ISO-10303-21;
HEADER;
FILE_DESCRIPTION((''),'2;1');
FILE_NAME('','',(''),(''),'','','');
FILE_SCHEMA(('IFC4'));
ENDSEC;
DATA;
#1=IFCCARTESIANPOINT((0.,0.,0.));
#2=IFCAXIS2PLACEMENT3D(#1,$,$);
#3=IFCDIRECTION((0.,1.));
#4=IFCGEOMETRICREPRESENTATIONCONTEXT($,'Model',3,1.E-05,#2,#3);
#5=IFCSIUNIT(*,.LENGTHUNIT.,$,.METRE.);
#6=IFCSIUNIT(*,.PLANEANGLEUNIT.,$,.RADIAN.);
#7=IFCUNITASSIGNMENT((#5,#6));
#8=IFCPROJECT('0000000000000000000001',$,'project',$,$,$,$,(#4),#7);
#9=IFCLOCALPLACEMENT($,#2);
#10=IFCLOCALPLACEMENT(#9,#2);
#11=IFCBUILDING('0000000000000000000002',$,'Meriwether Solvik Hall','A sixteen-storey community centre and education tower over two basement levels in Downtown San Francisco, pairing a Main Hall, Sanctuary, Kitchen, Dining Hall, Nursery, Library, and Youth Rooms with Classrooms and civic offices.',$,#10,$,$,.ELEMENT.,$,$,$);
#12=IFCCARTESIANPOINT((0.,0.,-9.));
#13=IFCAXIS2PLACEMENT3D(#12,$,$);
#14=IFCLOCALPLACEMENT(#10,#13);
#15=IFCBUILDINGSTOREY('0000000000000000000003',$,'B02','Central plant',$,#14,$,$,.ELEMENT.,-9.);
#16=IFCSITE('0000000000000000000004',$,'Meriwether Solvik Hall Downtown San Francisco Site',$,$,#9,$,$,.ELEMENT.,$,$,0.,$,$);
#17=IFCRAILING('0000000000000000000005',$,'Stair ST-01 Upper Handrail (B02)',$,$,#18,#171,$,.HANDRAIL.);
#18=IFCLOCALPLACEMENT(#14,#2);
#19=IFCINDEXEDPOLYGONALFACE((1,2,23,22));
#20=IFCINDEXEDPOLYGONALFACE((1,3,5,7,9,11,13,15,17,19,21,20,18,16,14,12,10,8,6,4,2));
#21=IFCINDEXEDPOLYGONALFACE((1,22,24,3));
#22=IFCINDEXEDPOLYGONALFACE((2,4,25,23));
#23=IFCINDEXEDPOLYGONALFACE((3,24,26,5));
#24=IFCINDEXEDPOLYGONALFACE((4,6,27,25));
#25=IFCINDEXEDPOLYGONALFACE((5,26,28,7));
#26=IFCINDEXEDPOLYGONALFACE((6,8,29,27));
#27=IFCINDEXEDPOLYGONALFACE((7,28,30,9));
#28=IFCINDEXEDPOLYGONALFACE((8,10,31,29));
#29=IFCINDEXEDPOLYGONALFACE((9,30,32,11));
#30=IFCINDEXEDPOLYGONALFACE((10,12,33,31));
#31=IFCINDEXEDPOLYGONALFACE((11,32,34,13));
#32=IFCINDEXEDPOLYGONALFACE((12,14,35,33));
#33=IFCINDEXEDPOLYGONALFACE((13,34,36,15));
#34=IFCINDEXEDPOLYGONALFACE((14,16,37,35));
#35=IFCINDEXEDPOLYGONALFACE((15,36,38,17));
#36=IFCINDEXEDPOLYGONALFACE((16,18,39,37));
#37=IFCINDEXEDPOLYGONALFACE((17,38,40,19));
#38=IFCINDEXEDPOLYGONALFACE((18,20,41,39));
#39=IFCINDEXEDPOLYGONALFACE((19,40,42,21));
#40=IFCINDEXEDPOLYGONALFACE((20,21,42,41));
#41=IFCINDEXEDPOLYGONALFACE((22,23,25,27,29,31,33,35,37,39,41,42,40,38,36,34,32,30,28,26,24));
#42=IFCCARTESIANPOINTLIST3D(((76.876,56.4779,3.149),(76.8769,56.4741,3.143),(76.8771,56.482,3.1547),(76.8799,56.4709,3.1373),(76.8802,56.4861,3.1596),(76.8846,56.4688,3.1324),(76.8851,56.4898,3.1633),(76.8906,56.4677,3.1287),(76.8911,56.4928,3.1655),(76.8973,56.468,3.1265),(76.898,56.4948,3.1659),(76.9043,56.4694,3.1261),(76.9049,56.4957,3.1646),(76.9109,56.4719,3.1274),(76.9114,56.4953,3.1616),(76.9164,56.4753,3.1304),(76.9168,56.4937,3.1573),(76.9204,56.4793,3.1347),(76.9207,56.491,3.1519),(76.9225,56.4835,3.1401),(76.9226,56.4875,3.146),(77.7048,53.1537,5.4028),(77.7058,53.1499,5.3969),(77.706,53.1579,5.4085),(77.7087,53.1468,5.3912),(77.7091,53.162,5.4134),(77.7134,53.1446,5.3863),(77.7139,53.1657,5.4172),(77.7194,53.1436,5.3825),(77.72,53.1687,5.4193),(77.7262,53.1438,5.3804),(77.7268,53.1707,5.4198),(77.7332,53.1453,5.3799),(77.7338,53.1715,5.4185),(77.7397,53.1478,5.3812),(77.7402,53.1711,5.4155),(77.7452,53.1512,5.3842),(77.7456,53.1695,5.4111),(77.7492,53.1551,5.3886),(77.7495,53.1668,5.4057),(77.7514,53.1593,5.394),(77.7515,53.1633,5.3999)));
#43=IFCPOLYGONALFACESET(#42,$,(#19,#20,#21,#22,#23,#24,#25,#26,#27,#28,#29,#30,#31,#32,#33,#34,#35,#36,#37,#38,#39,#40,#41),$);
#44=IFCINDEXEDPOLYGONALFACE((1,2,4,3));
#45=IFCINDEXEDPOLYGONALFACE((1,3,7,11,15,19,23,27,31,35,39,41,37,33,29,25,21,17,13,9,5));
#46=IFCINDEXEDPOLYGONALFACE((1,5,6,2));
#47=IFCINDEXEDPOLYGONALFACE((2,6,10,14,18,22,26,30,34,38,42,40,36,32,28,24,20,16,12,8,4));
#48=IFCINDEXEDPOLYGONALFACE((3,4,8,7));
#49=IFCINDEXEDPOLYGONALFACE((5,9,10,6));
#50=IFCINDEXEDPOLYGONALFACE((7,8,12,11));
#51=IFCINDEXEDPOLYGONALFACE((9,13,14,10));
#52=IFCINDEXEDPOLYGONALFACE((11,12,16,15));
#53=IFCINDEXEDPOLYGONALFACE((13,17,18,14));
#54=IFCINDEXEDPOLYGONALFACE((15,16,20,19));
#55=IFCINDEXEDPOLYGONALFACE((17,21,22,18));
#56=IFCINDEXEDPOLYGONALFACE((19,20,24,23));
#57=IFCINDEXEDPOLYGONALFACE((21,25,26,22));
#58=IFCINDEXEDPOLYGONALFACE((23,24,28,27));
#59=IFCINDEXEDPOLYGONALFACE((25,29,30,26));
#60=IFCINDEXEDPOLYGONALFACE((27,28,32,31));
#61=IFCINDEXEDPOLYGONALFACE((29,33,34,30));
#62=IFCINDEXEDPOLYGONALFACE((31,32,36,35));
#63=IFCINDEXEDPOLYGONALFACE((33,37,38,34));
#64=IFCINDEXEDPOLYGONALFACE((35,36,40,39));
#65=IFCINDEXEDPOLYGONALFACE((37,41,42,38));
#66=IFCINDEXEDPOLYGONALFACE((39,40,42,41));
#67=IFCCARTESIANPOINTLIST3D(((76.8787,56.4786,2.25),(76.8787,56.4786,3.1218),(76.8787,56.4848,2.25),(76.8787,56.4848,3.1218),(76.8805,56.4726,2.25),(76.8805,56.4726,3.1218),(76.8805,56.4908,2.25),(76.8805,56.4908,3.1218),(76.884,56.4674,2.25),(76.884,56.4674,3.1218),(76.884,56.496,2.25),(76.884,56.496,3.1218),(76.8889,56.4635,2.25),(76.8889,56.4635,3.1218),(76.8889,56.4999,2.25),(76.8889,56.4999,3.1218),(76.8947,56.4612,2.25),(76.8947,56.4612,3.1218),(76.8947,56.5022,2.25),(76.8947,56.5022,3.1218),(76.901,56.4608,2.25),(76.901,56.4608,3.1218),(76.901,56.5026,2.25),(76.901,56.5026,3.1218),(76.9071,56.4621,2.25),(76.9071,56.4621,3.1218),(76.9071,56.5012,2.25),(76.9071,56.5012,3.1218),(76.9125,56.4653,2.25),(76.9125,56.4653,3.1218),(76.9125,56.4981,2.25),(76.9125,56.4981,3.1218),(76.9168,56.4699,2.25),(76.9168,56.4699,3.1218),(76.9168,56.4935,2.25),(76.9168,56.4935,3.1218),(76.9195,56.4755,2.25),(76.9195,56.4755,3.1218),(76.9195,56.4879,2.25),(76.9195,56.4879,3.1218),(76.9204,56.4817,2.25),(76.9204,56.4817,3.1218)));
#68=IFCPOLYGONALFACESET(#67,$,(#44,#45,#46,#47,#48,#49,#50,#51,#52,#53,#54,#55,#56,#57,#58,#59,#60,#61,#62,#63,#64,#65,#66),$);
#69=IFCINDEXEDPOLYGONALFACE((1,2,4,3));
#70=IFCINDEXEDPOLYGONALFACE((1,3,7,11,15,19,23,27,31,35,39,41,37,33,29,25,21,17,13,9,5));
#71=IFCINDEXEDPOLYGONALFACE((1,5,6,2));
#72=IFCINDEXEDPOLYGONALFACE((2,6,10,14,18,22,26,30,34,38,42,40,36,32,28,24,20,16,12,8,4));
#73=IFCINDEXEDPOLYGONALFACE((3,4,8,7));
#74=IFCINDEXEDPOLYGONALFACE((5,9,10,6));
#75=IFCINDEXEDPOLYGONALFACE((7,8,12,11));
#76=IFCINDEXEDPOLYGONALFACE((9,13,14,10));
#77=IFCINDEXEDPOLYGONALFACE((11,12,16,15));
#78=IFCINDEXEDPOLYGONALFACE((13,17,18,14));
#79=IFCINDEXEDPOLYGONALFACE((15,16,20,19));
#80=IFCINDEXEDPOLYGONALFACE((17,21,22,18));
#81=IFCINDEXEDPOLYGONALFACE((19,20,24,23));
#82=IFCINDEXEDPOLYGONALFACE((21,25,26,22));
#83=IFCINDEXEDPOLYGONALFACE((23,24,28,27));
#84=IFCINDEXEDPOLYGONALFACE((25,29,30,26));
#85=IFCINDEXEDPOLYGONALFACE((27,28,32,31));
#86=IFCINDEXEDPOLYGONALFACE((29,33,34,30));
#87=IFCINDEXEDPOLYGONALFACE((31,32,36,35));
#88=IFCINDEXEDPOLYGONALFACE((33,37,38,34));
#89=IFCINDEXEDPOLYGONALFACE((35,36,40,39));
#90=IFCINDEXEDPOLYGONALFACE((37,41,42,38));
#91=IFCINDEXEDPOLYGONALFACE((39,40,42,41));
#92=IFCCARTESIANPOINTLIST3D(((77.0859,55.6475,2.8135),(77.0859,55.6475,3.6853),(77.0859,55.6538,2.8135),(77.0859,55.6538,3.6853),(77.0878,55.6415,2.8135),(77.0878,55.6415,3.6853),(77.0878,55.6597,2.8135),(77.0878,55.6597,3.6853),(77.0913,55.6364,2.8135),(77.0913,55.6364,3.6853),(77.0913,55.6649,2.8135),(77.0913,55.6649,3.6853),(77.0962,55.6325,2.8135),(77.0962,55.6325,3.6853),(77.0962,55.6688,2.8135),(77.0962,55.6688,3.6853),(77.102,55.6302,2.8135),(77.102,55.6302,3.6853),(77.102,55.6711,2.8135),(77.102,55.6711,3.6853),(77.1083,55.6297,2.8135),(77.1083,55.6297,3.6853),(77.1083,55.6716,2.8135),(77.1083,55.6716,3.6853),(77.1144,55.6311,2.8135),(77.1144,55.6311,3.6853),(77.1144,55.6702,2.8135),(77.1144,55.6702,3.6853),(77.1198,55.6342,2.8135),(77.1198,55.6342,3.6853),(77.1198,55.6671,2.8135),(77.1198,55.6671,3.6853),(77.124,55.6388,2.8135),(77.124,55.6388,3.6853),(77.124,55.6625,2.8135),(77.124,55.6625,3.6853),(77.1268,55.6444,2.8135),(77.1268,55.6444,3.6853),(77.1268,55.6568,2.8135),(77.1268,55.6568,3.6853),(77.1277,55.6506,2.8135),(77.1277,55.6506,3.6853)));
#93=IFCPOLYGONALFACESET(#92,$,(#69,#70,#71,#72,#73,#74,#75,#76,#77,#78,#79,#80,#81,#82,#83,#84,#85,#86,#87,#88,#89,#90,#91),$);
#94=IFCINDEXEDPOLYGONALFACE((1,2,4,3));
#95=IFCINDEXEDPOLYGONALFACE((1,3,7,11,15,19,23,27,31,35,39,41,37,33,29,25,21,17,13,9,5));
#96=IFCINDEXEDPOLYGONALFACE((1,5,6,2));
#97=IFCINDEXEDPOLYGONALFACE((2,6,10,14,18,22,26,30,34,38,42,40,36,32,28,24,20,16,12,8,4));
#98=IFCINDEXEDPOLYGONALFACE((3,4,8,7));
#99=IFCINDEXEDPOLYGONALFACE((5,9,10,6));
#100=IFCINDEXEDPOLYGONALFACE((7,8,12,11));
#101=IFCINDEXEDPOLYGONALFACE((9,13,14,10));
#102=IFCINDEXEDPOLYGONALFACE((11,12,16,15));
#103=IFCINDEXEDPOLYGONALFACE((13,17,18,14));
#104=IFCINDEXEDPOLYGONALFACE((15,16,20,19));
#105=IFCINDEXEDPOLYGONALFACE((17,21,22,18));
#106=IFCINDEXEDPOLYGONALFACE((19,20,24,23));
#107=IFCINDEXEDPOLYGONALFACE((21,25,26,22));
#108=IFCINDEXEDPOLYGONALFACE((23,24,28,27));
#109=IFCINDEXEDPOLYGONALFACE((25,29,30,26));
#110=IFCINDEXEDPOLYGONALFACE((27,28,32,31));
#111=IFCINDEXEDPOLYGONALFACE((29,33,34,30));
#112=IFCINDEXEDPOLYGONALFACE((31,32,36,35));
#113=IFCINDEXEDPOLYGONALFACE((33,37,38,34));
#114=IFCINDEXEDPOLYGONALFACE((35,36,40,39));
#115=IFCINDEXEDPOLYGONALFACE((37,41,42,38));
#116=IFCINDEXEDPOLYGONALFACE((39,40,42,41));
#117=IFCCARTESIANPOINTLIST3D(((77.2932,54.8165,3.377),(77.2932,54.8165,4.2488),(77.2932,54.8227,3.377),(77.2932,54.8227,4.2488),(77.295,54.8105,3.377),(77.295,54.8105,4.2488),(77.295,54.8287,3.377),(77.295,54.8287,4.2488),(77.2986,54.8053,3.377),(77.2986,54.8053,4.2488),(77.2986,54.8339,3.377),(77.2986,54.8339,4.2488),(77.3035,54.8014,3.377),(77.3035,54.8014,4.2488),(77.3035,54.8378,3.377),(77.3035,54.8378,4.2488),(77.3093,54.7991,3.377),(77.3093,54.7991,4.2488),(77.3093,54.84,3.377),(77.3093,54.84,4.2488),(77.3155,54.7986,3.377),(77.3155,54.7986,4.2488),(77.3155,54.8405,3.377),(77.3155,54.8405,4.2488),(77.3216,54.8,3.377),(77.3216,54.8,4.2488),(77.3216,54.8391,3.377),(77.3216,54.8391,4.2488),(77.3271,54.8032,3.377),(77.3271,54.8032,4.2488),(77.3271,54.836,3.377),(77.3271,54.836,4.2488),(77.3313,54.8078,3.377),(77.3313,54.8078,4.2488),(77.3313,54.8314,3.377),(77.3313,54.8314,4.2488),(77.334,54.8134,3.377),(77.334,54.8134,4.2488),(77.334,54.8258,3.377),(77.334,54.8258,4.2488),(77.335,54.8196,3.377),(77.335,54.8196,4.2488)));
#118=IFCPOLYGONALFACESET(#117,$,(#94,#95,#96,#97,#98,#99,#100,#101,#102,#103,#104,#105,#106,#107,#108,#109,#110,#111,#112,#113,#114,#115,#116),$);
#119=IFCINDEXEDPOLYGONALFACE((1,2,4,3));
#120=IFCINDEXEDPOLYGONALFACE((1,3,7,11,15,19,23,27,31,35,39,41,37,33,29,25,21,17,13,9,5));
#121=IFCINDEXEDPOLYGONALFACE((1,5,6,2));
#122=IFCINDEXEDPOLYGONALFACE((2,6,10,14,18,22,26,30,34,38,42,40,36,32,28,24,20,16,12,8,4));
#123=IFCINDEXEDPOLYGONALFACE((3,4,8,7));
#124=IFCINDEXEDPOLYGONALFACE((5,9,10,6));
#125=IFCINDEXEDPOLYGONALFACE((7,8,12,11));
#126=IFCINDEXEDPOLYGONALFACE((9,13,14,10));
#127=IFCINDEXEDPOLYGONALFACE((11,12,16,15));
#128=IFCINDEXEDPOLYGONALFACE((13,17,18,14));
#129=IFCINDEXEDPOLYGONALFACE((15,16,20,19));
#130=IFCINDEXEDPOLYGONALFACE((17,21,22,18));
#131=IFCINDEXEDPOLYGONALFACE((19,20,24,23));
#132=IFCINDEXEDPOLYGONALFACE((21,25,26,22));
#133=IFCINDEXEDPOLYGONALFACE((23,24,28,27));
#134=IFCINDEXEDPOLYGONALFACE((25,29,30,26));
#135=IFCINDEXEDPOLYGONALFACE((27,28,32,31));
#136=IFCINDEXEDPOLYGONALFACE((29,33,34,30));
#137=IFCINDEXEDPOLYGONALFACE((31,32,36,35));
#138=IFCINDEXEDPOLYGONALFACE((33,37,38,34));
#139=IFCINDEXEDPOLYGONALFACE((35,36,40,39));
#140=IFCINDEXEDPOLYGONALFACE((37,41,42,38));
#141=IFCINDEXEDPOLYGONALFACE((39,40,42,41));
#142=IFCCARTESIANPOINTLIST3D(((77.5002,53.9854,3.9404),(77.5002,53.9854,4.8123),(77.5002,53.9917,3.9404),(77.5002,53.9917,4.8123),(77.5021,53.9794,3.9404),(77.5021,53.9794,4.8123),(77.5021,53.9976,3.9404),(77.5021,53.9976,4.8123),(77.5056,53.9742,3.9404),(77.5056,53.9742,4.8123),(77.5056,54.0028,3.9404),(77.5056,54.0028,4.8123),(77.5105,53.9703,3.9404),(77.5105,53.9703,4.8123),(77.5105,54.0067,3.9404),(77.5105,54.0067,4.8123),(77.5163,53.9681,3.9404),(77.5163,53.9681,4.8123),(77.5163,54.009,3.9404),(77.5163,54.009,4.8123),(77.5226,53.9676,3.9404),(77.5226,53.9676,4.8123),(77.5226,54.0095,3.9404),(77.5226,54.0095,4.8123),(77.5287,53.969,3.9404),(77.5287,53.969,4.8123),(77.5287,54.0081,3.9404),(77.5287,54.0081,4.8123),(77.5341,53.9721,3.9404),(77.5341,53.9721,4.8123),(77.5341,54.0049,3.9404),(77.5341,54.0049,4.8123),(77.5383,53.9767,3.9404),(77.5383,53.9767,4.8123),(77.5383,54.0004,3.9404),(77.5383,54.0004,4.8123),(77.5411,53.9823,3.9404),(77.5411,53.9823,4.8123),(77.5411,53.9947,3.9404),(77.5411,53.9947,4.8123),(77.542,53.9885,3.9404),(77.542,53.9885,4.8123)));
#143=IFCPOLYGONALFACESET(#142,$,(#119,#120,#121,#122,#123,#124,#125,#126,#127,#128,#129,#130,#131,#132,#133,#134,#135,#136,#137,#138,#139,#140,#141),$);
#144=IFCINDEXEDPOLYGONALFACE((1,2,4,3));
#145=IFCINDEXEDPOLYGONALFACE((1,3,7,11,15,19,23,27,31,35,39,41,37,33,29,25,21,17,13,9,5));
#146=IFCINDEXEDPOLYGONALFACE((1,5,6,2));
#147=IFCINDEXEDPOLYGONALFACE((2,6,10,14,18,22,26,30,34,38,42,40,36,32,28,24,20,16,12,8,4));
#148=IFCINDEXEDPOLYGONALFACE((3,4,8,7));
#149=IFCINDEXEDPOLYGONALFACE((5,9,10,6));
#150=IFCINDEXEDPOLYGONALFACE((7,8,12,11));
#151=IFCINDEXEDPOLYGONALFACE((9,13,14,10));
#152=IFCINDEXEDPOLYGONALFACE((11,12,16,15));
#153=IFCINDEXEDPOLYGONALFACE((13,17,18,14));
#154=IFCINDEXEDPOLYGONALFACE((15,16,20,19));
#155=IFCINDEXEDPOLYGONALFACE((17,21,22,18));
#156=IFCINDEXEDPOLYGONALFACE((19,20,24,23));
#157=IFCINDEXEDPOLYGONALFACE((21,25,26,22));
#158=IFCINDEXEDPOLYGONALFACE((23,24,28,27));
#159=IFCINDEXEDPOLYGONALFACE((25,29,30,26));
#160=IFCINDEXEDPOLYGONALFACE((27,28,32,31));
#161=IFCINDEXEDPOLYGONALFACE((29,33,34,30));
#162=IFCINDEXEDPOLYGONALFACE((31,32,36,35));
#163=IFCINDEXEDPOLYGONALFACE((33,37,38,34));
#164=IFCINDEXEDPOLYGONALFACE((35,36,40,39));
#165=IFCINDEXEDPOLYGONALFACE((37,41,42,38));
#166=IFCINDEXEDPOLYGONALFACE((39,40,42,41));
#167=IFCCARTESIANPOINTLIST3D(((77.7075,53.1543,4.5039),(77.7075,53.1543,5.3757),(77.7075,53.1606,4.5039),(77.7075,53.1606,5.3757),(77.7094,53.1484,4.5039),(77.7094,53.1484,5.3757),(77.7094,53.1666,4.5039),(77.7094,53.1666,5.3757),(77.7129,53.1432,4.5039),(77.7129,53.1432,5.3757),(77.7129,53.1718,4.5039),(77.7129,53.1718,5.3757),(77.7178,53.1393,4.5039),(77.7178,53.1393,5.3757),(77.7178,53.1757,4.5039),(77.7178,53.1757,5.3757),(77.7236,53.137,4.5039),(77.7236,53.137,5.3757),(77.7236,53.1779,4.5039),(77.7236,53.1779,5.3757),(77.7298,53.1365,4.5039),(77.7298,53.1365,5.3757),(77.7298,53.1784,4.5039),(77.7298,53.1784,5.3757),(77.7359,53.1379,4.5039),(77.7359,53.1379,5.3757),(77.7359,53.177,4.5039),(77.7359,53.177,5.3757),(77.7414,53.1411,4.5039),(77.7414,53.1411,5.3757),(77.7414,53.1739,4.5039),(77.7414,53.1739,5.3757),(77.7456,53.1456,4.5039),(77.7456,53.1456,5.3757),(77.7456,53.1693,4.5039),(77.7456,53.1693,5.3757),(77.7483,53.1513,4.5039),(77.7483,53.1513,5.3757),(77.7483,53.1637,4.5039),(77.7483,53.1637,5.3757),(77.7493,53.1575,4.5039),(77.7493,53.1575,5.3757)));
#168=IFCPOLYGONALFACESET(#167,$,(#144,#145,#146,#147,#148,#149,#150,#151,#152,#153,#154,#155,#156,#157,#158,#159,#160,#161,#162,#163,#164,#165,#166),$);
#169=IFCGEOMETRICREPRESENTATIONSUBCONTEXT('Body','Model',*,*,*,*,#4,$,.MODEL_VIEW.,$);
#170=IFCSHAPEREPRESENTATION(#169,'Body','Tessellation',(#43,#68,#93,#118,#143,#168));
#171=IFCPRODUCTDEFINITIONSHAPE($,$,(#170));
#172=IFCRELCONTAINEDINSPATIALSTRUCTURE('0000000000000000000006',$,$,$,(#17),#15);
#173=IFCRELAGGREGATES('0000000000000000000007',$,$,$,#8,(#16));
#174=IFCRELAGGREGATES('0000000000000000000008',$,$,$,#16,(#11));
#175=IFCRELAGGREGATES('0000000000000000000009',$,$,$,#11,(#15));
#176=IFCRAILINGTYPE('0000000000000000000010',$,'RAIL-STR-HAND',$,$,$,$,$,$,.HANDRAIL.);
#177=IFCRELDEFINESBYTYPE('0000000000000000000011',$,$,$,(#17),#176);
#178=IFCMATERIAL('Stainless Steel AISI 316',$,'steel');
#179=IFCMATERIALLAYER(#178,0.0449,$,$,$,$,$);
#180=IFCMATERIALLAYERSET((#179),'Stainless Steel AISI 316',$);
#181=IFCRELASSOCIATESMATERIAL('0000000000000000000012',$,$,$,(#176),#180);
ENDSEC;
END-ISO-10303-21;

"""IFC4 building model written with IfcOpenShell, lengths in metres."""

from ifc_helpers import new_model, si_unit, direction, frame, origin, origin_2d, place, context, subcontext, project, spatial, circle, extrude, material, layer, layer_set, type_object, element, save


model = new_model("IFC4")

# Units and contexts
model_context = context("Model", 3, precision=1e-05, world=origin(), true_north=direction((0.0, 1.0)))
body_context = subcontext(model_context, "Body", "Model", "MODEL_VIEW")
ifc_project = project(units=[si_unit("LENGTHUNIT", "METRE"), si_unit("PLANEANGLEUNIT", "RADIAN")], contexts=[model_context])

# Site, building, storey
site_placement = place(None, origin())
site = spatial("IfcSite", under=ifc_project, at=site_placement, Name="Meriwether Solvik Hall Downtown San Francisco Site", CompositionType="ELEMENT", RefElevation=0.0)
building_placement = place(site_placement, origin())
building = spatial("IfcBuilding", under=site, at=building_placement, Name="Meriwether Solvik Hall", Description="A sixteen-storey community centre and education tower over two basement levels in Downtown San Francisco, pairing a Main Hall, Sanctuary, Kitchen, Dining Hall, Nursery, Library, and Youth Rooms with Classrooms and civic offices.", CompositionType="ELEMENT")
storey_placement = place(building_placement, frame((0.0, 0.0, -9.0)))
storey = spatial("IfcBuildingStorey", under=building, at=storey_placement, Name="B02", Description="Central plant", CompositionType="ELEMENT", Elevation=-9.0)

# Railing
ifc_material_1 = material(Name="Stainless Steel AISI 316", Category="steel")
ifc_layer_1 = layer(ifc_material_1, 0.0449)
ifc_layer_set_1 = layer_set([ifc_layer_1], Name="Stainless Steel AISI 316")
railing_type_1 = type_object("IfcRailingType", Name="RAIL-STR-HAND", PredefinedType="HANDRAIL", material=ifc_layer_set_1)
railing_1_placement = place(storey_placement, frame((76.8994, 56.4817, 2.25)))
element("IfcRailing", 1, at=railing_1_placement, inside=storey, type_object=railing_type_1, Name="Stair ST-01 Upper Handrail (B02)", PredefinedType="HANDRAIL", context=body_context, shape_type="SweptSolid", body=[
    extrude(circle(Radius=0.0239, at=origin_2d()), frame((0.0, 0.0, 0.896), z_axis=(0.202115, -0.810604, 0.54961), x_axis=(0.970293, 0.241932, 0.0)), (0.0, 0.0, 1.0), 4.1008),
    extrude(circle(Radius=0.021, at=origin_2d()), origin(), (0.0, 0.0, 1.0), 0.8718),
    extrude(circle(Radius=0.021, at=origin_2d()), frame((0.2073, -0.8311, 0.5635)), (0.0, 0.0, 1.0), 0.8718),
    extrude(circle(Radius=0.021, at=origin_2d()), frame((0.4146, -1.6621, 1.127)), (0.0, 0.0, 1.0), 0.8718),
    extrude(circle(Radius=0.021, at=origin_2d()), frame((0.6216, -2.4932, 1.6904)), (0.0, 0.0, 1.0), 0.8718),
    extrude(circle(Radius=0.021, at=origin_2d()), frame((0.8289, -3.3242, 2.2539)), (0.0, 0.0, 1.0), 0.8718),
])

save(model, "model.ifc")
